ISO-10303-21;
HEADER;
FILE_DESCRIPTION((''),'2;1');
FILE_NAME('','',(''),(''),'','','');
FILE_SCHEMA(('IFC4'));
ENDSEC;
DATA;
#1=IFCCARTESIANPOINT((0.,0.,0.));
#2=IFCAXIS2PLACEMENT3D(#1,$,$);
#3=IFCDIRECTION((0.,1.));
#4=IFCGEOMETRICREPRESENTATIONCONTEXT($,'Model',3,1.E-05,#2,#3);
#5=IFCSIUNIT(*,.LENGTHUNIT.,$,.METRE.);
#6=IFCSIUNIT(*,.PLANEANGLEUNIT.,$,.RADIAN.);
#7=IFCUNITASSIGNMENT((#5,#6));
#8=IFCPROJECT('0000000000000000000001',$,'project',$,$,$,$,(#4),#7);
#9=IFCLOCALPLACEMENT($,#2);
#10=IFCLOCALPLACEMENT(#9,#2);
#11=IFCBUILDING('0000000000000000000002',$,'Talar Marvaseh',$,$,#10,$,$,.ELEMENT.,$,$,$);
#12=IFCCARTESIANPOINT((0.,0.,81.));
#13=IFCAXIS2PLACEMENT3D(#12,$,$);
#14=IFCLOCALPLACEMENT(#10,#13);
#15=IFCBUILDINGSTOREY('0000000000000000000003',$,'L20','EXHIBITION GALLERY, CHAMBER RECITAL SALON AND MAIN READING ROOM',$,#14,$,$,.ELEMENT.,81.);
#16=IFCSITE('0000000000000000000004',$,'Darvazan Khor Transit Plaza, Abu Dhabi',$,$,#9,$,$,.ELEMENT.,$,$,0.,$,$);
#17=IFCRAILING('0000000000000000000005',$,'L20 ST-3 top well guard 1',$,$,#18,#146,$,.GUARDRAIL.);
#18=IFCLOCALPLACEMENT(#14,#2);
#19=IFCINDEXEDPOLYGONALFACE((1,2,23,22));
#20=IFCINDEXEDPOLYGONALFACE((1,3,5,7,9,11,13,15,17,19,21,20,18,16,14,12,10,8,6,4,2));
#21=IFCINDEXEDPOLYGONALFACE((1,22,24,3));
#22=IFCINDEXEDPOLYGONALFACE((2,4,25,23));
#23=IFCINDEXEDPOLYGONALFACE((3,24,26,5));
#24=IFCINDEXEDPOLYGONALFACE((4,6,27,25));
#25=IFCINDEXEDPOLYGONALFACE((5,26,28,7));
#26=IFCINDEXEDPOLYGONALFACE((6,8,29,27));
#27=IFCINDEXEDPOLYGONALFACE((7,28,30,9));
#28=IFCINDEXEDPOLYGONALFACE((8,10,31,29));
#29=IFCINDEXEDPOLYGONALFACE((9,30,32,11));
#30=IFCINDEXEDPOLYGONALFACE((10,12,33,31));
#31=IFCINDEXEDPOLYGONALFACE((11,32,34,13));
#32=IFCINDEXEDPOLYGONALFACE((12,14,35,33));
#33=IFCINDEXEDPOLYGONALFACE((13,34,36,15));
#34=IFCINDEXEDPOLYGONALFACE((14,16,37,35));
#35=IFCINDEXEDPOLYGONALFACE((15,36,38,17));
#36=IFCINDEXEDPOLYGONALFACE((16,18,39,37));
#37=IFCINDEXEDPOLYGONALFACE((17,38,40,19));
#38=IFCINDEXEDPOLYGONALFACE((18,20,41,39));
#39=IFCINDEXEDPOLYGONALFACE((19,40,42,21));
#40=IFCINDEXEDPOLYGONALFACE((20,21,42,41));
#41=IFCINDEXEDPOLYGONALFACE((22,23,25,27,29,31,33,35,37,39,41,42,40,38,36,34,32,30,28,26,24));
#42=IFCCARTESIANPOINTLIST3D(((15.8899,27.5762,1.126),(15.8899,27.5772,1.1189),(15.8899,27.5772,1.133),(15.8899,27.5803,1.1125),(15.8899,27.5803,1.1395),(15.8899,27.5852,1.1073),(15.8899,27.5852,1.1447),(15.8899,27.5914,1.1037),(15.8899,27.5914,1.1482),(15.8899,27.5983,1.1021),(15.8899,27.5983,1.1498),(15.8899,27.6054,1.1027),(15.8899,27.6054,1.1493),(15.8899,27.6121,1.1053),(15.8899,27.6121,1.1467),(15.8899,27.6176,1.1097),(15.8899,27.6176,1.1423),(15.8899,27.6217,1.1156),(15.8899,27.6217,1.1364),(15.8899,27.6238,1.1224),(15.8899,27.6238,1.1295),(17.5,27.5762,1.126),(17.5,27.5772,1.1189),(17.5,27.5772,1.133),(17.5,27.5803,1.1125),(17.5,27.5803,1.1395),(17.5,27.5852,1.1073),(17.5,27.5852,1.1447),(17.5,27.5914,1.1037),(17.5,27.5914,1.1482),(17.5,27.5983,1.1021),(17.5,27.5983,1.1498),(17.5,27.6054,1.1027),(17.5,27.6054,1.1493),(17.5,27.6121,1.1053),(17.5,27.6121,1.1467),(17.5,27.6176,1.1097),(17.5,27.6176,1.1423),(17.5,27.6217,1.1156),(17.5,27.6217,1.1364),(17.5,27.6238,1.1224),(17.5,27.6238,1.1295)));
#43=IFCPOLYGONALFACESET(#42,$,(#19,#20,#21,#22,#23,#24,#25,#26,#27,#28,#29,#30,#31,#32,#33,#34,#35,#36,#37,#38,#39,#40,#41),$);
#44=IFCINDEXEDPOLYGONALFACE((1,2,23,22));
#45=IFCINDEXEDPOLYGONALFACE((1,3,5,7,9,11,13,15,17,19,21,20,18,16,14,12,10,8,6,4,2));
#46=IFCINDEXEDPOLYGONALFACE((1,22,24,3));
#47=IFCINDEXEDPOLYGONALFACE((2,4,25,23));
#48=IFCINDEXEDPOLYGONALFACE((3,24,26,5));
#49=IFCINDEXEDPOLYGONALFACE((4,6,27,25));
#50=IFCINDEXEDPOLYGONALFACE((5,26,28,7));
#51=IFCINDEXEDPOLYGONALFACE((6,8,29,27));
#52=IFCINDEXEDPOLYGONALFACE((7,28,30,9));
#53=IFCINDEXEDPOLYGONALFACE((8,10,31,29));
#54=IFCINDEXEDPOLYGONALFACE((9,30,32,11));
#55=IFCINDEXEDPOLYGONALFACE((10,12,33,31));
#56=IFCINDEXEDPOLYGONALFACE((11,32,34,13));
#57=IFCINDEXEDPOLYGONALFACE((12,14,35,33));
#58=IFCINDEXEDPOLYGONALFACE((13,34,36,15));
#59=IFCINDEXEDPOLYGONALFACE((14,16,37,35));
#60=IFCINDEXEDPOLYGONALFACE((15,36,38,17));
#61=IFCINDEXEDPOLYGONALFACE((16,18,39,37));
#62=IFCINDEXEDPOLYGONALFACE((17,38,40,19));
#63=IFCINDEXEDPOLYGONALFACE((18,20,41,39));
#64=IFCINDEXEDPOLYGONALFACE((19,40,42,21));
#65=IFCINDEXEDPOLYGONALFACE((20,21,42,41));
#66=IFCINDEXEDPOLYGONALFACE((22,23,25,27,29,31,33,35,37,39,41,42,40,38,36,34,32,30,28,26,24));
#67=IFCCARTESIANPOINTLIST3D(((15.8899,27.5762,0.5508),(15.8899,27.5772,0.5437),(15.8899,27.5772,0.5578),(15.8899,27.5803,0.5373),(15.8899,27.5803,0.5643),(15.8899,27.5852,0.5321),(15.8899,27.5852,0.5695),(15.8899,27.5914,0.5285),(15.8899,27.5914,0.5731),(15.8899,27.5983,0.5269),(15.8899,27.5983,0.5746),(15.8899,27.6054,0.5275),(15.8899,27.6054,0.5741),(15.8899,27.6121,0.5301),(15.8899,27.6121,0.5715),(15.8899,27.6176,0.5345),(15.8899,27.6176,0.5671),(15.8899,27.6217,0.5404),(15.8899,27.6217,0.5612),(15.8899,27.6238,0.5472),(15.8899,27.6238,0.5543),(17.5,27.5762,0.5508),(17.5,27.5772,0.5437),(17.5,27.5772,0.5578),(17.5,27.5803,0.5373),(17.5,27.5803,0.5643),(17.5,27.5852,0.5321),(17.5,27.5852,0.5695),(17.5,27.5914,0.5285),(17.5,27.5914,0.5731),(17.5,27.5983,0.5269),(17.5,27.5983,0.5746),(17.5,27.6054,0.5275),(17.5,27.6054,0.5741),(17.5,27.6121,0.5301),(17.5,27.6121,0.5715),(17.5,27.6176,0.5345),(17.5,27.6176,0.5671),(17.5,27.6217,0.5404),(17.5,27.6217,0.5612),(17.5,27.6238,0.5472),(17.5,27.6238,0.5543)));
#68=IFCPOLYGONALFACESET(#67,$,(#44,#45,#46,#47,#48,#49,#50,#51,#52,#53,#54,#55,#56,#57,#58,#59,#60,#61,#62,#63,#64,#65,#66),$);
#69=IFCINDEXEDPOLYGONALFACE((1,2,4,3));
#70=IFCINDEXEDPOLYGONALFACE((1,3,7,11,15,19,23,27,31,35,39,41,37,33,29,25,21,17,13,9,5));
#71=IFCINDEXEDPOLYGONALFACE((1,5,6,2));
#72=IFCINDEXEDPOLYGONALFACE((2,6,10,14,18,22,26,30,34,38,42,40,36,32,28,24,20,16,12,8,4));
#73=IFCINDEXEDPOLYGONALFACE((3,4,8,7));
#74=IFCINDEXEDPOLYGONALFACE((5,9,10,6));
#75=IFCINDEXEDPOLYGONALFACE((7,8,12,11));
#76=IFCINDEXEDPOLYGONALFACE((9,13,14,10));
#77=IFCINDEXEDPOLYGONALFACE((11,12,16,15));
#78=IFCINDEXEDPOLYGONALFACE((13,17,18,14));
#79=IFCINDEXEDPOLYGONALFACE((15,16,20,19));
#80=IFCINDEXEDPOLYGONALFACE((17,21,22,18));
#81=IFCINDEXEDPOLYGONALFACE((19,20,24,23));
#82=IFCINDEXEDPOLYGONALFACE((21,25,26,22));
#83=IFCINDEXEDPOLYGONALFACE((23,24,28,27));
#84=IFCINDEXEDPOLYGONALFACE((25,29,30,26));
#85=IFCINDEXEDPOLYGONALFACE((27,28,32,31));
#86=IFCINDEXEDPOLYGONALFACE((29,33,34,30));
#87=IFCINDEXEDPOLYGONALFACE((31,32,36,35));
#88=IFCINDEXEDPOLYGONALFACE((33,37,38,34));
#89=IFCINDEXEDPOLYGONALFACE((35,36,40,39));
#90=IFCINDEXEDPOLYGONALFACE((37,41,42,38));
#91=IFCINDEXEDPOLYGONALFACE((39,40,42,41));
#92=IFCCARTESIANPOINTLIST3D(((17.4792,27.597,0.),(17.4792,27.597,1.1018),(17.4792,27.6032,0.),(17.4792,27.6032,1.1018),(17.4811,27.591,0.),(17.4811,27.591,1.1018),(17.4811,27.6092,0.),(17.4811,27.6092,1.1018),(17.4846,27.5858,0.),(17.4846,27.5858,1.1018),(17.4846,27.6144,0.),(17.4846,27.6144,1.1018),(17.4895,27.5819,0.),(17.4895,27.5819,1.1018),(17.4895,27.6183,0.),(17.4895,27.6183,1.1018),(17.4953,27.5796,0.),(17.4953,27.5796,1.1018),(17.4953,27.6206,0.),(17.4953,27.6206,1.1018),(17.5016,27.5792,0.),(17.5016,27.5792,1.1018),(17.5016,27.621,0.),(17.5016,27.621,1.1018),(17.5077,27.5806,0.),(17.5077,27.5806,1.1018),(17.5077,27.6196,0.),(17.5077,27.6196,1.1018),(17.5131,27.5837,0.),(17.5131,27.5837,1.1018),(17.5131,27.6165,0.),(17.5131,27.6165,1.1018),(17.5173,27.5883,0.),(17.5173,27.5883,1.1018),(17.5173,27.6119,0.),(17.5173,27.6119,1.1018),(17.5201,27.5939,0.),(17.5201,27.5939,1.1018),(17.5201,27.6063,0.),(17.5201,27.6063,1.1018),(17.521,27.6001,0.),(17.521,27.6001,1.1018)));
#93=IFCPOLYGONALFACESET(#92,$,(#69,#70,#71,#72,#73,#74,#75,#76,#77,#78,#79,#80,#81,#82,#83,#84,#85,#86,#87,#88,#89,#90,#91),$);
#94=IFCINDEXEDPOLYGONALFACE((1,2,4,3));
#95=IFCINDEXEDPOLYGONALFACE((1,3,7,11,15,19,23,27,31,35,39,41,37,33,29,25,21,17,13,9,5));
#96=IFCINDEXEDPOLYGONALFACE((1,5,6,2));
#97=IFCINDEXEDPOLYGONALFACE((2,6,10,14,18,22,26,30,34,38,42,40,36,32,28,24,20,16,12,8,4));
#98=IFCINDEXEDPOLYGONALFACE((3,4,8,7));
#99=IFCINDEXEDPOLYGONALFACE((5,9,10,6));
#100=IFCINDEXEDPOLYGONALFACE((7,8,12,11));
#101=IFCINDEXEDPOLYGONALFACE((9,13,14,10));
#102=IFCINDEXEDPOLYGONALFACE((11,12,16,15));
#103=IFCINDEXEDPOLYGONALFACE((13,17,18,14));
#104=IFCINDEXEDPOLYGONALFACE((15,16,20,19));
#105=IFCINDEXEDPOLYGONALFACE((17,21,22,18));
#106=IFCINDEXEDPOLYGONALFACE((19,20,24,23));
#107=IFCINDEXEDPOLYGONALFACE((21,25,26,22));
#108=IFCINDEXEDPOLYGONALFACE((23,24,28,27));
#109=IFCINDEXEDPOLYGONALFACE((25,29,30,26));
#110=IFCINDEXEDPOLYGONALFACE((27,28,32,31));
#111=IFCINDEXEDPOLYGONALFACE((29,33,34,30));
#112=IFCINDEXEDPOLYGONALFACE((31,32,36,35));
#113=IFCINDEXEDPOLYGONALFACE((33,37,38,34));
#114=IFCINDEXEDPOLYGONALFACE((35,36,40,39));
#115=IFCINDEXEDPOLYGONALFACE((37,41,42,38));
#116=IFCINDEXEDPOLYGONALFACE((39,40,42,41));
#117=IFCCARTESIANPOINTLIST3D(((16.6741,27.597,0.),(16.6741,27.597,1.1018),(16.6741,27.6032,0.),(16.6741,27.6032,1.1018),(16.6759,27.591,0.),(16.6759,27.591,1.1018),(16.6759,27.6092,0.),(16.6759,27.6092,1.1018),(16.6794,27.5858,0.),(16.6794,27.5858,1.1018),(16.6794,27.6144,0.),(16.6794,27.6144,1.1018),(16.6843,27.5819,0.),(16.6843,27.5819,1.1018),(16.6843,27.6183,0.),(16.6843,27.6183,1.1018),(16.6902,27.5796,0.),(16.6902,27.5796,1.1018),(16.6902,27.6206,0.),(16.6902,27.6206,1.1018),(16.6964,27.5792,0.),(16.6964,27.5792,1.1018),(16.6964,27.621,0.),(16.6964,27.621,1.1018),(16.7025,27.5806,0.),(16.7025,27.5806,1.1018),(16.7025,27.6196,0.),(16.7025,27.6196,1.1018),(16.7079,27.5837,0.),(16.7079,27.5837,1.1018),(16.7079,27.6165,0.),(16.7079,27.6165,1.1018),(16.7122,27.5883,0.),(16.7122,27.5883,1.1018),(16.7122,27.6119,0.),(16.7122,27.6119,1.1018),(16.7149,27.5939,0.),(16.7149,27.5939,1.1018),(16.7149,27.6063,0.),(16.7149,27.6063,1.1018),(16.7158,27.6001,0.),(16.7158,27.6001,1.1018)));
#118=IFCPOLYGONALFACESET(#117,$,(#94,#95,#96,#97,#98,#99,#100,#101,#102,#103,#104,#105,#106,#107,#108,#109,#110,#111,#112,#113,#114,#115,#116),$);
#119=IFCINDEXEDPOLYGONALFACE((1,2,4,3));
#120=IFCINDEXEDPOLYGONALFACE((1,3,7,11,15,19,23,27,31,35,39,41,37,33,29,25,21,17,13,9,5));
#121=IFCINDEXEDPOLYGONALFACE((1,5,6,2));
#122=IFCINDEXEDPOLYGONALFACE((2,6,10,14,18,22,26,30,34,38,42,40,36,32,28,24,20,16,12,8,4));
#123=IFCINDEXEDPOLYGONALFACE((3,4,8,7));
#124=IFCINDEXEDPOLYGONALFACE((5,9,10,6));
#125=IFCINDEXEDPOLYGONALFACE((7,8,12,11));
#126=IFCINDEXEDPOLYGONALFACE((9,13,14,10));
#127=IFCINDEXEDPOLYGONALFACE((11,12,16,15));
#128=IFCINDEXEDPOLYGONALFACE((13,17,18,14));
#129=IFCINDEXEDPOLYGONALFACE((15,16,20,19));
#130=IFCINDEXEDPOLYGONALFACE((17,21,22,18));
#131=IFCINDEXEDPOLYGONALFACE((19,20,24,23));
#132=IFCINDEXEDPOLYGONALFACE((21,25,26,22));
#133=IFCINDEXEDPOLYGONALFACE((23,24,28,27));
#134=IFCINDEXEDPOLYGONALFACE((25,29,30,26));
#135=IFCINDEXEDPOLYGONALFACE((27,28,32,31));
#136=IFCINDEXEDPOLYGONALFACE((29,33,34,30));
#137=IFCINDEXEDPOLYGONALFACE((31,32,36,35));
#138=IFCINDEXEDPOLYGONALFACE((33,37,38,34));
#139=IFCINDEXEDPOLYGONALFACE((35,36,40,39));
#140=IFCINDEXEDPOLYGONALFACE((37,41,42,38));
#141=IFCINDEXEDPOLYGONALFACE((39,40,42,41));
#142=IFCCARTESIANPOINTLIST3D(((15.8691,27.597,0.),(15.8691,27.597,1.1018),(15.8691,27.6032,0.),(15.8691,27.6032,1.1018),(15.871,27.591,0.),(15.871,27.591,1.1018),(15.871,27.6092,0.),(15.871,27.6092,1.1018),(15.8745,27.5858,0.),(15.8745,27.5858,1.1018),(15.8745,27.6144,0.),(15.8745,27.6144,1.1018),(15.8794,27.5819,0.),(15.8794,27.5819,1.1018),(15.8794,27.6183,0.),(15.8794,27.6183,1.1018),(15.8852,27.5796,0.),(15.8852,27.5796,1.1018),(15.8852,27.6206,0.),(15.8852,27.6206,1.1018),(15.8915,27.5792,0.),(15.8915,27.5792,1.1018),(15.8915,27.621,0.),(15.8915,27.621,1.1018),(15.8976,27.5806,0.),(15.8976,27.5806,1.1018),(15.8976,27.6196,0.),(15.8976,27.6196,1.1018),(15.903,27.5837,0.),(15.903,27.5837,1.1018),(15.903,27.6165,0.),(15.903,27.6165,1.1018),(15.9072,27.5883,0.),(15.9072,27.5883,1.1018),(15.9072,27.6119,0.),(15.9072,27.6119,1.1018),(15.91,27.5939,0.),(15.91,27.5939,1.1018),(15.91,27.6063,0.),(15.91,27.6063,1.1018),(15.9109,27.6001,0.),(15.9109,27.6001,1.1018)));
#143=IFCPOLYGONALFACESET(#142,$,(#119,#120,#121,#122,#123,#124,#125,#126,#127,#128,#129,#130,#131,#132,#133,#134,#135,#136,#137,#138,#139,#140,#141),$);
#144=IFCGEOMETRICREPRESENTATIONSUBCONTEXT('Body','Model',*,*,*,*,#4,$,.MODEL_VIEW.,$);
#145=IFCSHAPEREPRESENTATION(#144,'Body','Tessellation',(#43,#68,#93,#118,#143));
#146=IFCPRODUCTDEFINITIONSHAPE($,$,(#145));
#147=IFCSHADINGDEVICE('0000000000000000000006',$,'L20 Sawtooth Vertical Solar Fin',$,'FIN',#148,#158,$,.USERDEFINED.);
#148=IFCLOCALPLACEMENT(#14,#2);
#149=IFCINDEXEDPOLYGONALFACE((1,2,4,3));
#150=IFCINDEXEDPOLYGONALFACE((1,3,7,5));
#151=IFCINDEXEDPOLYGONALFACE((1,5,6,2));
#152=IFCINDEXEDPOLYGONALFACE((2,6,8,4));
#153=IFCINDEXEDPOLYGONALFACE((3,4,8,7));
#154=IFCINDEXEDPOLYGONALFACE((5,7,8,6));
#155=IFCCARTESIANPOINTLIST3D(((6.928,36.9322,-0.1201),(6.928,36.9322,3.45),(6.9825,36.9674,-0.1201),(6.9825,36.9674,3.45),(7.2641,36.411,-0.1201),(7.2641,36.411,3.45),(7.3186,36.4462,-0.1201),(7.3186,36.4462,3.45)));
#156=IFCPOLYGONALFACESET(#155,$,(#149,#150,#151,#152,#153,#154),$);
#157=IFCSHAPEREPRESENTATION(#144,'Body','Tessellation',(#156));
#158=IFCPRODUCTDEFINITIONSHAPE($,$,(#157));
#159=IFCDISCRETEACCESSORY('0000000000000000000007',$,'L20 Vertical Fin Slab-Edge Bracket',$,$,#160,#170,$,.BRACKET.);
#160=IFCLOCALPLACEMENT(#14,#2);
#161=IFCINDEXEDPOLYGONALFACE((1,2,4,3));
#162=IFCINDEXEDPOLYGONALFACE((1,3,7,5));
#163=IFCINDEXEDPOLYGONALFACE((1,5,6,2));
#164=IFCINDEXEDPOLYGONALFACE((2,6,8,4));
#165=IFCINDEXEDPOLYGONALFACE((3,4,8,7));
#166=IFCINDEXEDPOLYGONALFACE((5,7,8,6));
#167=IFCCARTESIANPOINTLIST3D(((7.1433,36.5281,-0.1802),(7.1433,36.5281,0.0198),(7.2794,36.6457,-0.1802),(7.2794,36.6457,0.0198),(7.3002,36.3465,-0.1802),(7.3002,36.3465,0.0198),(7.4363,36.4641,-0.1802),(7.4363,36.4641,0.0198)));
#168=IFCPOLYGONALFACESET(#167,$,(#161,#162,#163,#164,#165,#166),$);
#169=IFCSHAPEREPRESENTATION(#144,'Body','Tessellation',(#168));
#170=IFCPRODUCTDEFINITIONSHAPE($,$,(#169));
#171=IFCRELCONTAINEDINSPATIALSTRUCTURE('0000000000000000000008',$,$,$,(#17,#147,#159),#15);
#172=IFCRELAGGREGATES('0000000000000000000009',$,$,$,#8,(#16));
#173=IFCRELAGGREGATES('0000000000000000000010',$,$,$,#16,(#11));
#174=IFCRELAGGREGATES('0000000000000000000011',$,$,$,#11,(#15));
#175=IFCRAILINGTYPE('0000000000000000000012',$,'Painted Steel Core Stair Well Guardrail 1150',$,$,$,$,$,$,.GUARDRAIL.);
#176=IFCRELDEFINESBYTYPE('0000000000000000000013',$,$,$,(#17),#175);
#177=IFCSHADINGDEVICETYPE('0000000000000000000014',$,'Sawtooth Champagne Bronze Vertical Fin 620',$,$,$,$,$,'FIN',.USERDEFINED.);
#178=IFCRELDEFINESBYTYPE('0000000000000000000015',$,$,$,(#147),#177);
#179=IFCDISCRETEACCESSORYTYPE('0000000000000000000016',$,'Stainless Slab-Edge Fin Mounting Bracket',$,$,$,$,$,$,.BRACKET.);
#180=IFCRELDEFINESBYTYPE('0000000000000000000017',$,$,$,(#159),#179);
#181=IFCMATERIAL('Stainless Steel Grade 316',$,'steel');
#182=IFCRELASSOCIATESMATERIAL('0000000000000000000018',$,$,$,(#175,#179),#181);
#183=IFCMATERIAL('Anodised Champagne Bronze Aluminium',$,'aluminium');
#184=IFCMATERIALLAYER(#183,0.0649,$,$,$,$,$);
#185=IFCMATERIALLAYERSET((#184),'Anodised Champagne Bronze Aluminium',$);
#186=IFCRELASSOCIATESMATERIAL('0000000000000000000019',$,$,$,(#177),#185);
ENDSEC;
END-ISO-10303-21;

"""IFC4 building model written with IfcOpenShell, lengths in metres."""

from ifc_helpers import new_model, si_unit, direction, frame, origin, origin_2d, place, context, subcontext, project, spatial, rectangle, circle, extrude, source, transform, mapped, material, layer, layer_set, type_object, type_shapes, element, save


model = new_model("IFC4")

# Units and contexts
model_context = context("Model", 3, precision=1e-05, world=origin(), true_north=direction((0.0, 1.0)))
body_context = subcontext(model_context, "Body", "Model", "MODEL_VIEW")
ifc_project = project(units=[si_unit("LENGTHUNIT", "METRE"), si_unit("PLANEANGLEUNIT", "RADIAN")], contexts=[model_context])

# Site, building, storey
site_placement = place(None, origin())
site = spatial("IfcSite", under=ifc_project, at=site_placement, Name="Darvazan Khor Transit Plaza, Abu Dhabi", CompositionType="ELEMENT", RefElevation=0.0)
building_placement = place(site_placement, origin())
building = spatial("IfcBuilding", under=site, at=building_placement, Name="Talar Marvaseh", CompositionType="ELEMENT")
storey_placement = place(building_placement, frame((0.0, 0.0, 81.0)))
storey = spatial("IfcBuildingStorey", under=building, at=storey_placement, Name="L20", Description="EXHIBITION GALLERY, CHAMBER RECITAL SALON AND MAIN READING ROOM", CompositionType="ELEMENT", Elevation=81.0)

# Railing
ifc_material_1 = material(Name="Stainless Steel Grade 316", Category="steel")
railing_type_1 = type_object("IfcRailingType", Name="Painted Steel Core Stair Well Guardrail 1150", PredefinedType="GUARDRAIL", material=ifc_material_1)
railing_1_placement = place(storey_placement, frame((17.5, 27.6001, 0.0)))
element("IfcRailing", 1, at=railing_1_placement, inside=storey, type_object=railing_type_1, Name="L20 ST-3 top well guard 1", PredefinedType="GUARDRAIL", context=body_context, shape_type="SweptSolid", body=[
    extrude(circle(Radius=0.0239, at=origin_2d()), frame((0.0, 0.0, 1.126), z_axis=(-1.0, 0.0, 0.0), x_axis=(0.0, -1.0, 0.0)), (0.0, 0.0, 1.0), 1.6101),
    extrude(circle(Radius=0.0239, at=origin_2d()), frame((0.0, 0.0, 0.5508), z_axis=(-1.0, 0.0, 0.0), x_axis=(0.0, -1.0, 0.0)), (0.0, 0.0, 1.0), 1.6101),
    extrude(circle(Radius=0.021, at=origin_2d()), origin(), (0.0, 0.0, 1.0), 1.1018),
    extrude(circle(Radius=0.021, at=origin_2d()), frame((-0.8052, 0.0, 0.0)), (0.0, 0.0, 1.0), 1.1018),
    extrude(circle(Radius=0.021, at=origin_2d()), frame((-1.6101, 0.0, 0.0)), (0.0, 0.0, 1.0), 1.1018),
])

# Shading device
ifc_material_2 = material(Name="Anodised Champagne Bronze Aluminium", Category="aluminium")
ifc_layer_1 = layer(ifc_material_2, 0.0649)
ifc_layer_set_1 = layer_set([ifc_layer_1], Name="Anodised Champagne Bronze Aluminium")
shading_device_type = type_object("IfcShadingDeviceType", Name="Sawtooth Champagne Bronze Vertical Fin 620", ElementType="FIN", PredefinedType="USERDEFINED", material=ifc_layer_set_1)
shared_shape_1 = source(origin(), body_context, "Body", "SweptSolid", [
    extrude(rectangle(XDim=0.6201, YDim=0.0649, at=origin_2d()), origin(), (0.0, 0.0, 1.0), 3.5701),
])
type_shapes(shading_device_type, [shared_shape_1])
shading_device_placement = place(storey_placement, frame((7.1233, 36.6892, -0.1201), z_axis=(0.0, 0.0, 1.0), x_axis=(-0.542002, 0.840377, 0.0)))
element("IfcShadingDevice", 2, at=shading_device_placement, inside=storey, type_object=shading_device_type, Name="L20 Sawtooth Vertical Solar Fin", ObjectType="FIN", PredefinedType="USERDEFINED", context=body_context, shape_type="MappedRepresentation", body=[
    mapped(shared_shape_1, transform((0.0, 0.0, 0.0), x_axis=(1.0, 0.0, 0.0), y_axis=(0.0, 1.0, 0.0), z_axis=(0.0, 0.0, 1.0), scale=1.0)),
])

# Discrete accessory
discrete_accessory_type = type_object("IfcDiscreteAccessoryType", Name="Stainless Slab-Edge Fin Mounting Bracket", PredefinedType="BRACKET", material=ifc_material_1)
shared_shape_2 = source(origin(), body_context, "Body", "SweptSolid", [
    extrude(rectangle(XDim=0.24, YDim=0.1799, at=origin_2d()), origin(), (0.0, 0.0, 1.0), 0.2),
])
type_shapes(discrete_accessory_type, [shared_shape_2])
discrete_accessory_placement = place(storey_placement, frame((7.2898, 36.4961, -0.1802), z_axis=(0.0, 0.0, 1.0), x_axis=(-0.653685, 0.756767, 0.0)))
element("IfcDiscreteAccessory", 3, at=discrete_accessory_placement, inside=storey, type_object=discrete_accessory_type, Name="L20 Vertical Fin Slab-Edge Bracket", PredefinedType="BRACKET", context=body_context, shape_type="MappedRepresentation", body=[
    mapped(shared_shape_2, transform((0.0, 0.0, 0.0), x_axis=(1.0, 0.0, 0.0), y_axis=(0.0, 1.0, 0.0), z_axis=(0.0, 0.0, 1.0), scale=1.0)),
])

save(model, "model.ifc")
